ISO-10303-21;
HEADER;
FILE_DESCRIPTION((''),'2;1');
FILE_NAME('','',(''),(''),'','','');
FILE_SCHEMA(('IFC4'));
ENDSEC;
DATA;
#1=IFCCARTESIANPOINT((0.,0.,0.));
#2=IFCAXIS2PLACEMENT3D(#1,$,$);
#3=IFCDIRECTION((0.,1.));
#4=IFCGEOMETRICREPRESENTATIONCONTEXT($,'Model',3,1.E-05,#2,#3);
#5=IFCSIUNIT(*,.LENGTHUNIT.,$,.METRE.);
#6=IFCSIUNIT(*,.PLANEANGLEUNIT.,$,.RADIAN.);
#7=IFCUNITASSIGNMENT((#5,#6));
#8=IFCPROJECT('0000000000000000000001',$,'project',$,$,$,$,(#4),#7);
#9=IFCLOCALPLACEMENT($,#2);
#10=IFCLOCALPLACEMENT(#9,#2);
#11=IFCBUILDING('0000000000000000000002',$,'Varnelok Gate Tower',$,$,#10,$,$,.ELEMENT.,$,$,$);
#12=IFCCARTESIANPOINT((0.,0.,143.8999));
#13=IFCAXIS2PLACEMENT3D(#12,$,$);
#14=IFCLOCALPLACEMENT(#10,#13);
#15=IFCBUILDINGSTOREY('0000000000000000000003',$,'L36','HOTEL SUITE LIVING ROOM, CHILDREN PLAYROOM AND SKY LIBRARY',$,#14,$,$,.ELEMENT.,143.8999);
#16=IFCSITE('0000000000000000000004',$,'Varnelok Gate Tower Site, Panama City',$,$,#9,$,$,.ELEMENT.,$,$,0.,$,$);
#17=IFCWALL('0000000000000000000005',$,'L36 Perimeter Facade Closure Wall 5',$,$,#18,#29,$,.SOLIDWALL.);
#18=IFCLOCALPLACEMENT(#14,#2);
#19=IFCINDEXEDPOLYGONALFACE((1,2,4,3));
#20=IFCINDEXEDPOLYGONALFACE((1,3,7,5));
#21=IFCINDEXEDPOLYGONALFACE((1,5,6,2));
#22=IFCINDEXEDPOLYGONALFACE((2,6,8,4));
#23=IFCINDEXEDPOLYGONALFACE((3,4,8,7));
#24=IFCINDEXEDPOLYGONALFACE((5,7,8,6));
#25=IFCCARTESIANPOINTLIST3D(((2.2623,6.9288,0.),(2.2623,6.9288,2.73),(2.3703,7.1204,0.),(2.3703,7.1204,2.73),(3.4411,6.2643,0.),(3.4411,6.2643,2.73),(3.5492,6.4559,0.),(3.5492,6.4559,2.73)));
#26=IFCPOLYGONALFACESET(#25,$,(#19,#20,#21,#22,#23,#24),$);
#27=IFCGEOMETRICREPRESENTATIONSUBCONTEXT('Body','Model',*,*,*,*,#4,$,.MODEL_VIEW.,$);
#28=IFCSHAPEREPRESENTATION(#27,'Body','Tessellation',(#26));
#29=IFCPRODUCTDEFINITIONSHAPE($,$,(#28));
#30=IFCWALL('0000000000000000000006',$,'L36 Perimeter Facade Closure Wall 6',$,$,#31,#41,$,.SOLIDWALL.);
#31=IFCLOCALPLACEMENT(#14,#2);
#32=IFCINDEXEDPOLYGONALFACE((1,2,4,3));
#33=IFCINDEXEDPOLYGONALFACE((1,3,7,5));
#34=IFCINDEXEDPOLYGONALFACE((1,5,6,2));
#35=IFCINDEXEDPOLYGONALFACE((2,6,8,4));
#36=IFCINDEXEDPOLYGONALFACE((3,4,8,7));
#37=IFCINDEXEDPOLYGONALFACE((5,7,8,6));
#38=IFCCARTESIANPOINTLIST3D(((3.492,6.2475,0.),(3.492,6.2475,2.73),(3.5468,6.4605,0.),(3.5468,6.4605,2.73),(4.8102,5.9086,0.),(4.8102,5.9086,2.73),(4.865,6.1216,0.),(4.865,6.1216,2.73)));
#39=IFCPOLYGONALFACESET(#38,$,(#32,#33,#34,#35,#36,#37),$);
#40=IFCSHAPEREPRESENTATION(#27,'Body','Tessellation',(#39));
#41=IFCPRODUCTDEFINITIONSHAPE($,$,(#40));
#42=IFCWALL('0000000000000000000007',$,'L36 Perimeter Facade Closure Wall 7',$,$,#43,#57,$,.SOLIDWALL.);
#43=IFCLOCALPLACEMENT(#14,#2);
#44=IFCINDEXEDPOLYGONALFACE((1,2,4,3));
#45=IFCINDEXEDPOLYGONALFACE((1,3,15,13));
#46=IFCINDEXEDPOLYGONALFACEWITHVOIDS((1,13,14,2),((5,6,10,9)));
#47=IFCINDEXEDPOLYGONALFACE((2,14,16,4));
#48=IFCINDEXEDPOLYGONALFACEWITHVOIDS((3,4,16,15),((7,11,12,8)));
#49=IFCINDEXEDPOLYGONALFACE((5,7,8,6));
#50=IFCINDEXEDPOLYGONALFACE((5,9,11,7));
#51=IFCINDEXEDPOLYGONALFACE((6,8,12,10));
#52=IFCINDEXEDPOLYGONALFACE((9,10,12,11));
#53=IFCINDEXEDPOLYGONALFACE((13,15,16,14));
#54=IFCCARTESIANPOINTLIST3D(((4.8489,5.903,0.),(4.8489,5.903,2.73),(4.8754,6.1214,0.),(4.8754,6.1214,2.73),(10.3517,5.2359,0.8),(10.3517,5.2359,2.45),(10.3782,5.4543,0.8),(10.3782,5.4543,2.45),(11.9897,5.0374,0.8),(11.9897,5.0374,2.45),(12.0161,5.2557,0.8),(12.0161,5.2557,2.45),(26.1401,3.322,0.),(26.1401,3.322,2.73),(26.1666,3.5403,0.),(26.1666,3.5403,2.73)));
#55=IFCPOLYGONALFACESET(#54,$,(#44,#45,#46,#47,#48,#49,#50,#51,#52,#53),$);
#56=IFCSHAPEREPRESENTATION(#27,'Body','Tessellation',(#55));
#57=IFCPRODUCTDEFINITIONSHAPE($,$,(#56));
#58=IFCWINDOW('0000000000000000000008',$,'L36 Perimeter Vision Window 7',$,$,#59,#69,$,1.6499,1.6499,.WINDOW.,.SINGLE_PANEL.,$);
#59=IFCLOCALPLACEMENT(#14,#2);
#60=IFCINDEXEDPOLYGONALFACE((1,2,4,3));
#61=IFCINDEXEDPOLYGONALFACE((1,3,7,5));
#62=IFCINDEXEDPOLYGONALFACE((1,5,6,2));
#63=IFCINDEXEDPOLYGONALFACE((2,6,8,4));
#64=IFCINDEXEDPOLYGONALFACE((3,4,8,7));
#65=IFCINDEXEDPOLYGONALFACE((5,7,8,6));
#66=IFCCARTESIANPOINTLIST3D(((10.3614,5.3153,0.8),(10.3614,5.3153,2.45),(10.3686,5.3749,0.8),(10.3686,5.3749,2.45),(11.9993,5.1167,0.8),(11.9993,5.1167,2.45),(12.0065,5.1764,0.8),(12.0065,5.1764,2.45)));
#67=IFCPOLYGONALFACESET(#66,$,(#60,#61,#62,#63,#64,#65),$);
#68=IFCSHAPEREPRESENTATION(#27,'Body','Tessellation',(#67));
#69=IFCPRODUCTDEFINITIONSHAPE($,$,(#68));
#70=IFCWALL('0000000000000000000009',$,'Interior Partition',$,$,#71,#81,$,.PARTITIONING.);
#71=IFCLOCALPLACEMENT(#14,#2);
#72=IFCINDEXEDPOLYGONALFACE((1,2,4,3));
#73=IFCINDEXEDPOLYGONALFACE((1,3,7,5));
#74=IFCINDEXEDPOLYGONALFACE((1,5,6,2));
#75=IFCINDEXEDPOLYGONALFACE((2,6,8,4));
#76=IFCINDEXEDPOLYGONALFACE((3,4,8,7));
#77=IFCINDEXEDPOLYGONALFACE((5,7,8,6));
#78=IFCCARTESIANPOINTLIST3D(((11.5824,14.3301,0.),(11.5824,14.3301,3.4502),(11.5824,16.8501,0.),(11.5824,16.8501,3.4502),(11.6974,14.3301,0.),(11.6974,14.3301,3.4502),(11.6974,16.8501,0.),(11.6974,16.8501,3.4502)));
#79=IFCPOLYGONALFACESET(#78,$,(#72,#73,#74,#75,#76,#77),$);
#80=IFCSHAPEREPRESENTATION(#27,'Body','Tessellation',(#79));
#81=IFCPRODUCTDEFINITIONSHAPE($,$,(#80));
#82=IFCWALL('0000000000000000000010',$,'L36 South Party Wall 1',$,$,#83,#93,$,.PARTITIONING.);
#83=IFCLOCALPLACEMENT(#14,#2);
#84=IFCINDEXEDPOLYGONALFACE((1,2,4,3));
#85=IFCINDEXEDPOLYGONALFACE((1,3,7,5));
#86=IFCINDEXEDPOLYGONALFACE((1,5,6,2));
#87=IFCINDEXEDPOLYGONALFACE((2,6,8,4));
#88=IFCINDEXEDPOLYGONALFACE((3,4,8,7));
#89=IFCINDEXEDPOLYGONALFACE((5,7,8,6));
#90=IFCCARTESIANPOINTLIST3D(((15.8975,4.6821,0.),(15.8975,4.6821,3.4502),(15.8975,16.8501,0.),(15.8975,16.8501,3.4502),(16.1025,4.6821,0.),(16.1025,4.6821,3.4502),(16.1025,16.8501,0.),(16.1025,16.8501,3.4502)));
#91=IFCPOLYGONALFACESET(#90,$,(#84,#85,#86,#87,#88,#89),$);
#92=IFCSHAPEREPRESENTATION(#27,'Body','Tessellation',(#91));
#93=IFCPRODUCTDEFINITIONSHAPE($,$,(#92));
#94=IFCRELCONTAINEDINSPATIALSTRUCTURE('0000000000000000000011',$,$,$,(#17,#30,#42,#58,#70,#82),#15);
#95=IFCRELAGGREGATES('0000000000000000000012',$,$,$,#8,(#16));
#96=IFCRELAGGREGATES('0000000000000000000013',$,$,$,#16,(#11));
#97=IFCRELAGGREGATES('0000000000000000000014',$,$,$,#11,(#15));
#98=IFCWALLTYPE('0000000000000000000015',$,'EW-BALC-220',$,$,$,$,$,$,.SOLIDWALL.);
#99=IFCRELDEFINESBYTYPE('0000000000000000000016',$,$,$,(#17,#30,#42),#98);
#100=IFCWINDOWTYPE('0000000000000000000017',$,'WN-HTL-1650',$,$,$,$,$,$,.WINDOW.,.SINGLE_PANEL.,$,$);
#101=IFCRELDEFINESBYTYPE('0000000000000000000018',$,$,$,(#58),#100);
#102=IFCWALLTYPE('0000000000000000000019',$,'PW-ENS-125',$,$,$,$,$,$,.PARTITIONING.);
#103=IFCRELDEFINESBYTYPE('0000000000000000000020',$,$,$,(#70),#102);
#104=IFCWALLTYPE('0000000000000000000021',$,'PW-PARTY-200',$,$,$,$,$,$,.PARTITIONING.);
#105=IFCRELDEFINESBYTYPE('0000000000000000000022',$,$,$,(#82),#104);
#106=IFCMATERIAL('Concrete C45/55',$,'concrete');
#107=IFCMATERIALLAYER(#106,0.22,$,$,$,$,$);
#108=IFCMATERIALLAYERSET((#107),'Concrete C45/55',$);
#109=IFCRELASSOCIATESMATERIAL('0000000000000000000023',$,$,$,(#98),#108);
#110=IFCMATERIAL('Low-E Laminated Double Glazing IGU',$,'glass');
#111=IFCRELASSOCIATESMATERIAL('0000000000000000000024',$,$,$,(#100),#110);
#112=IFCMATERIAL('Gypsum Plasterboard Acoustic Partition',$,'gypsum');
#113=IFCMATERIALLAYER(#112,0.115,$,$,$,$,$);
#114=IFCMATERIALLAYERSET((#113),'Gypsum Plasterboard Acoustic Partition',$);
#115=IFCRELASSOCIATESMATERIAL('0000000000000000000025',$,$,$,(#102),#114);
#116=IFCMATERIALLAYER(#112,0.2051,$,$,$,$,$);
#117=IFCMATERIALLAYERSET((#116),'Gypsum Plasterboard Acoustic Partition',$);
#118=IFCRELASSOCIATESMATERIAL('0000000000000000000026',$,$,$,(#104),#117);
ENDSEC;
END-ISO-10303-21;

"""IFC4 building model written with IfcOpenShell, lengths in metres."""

from ifc_helpers import new_model, si_unit, direction, frame, frame_2d, origin, place, context, subcontext, project, spatial, rectangle, extrude, material, layer, layer_set, type_object, element, fill, save


model = new_model("IFC4")

# Units and contexts
model_context = context("Model", 3, precision=1e-05, world=origin(), true_north=direction((0.0, 1.0)))
body_context = subcontext(model_context, "Body", "Model", "MODEL_VIEW")
ifc_project = project(units=[si_unit("LENGTHUNIT", "METRE"), si_unit("PLANEANGLEUNIT", "RADIAN")], contexts=[model_context])

# Site, building, storey
site_placement = place(None, origin())
site = spatial("IfcSite", under=ifc_project, at=site_placement, Name="Varnelok Gate Tower Site, Panama City", CompositionType="ELEMENT", RefElevation=0.0)
building_placement = place(site_placement, origin())
building = spatial("IfcBuilding", under=site, at=building_placement, Name="Varnelok Gate Tower", CompositionType="ELEMENT")
storey_placement = place(building_placement, frame((0.0, 0.0, 143.8999)))
storey = spatial("IfcBuildingStorey", under=building, at=storey_placement, Name="L36", Description="HOTEL SUITE LIVING ROOM, CHILDREN PLAYROOM AND SKY LIBRARY", CompositionType="ELEMENT", Elevation=143.8999)

# Shared definitions
ifc_material_1 = material(Name="Concrete C45/55", Category="concrete")

# Walls
ifc_layer_1 = layer(ifc_material_1, 0.22)
ifc_layer_set_1 = layer_set([ifc_layer_1], Name="Concrete C45/55")
wall_type_1 = type_object("IfcWallType", Name="EW-BALC-220", PredefinedType="SOLIDWALL", material=ifc_layer_set_1)
wall_1_placement = place(storey_placement, frame((2.3162, 7.0247, 0.0), z_axis=(0.0, 0.0, 1.0), x_axis=(0.871137, -0.49104, 0.0)))
element("IfcWall", 1, at=wall_1_placement, inside=storey, type_object=wall_type_1, Name="L36 Perimeter Facade Closure Wall 5", PredefinedType="SOLIDWALL", context=body_context, shape_type="SweptSolid", body=[
    extrude(rectangle(XDim=1.3533, YDim=0.22, at=frame_2d((0.6768, 0.0))), origin(), (0.0, 0.0, 1.0), 2.73),
])
wall_2_placement = place(storey_placement, frame((3.5193, 6.354, 0.0), z_axis=(0.0, 0.0, 1.0), x_axis=(0.968507, -0.248988, 0.0)))
element("IfcWall", 2, at=wall_2_placement, inside=storey, type_object=wall_type_1, Name="L36 Perimeter Facade Closure Wall 6", PredefinedType="SOLIDWALL", context=body_context, shape_type="SweptSolid", body=[
    extrude(rectangle(XDim=1.3611, YDim=0.22, at=frame_2d((0.6807, 0.0))), origin(), (0.0, 0.0, 1.0), 2.73),
])

# Wall, opening, window
wall_3_placement = place(storey_placement, frame((4.8621, 6.0122, 0.0), z_axis=(0.0, 0.0, 1.0), x_axis=(0.992732, -0.120345, 0.0)))
wall_3 = element("IfcWall", 3, at=wall_3_placement, inside=storey, type_object=wall_type_1, Name="L36 Perimeter Facade Closure Wall 7", PredefinedType="SOLIDWALL", context=body_context, shape_type="SweptSolid", body=[
    extrude(rectangle(XDim=21.447, YDim=0.22, at=frame_2d((10.7236, 0.0))), origin(), (0.0, 0.0, 1.0), 2.73),
])
opening_placement = place(wall_3_placement, frame((5.5432, 0.0, 0.8)))
opening = element("IfcOpeningElement", 4, at=opening_placement, cuts=wall_3, PredefinedType="OPENING", context=body_context, shape_type="SweptSolid", body=[
    extrude(rectangle(XDim=1.6499, YDim=1.6499, at=frame_2d((0.825, 0.825))), frame((0.0, 0.1199, 0.0), z_axis=(0.0, -1.0, 0.0), x_axis=(1.0, 0.0, 0.0)), (0.0, 0.0, 1.0), 0.24),
])
ifc_material_2 = material(Name="Low-E Laminated Double Glazing IGU", Category="glass")
window_type = type_object("IfcWindowType", Name="WN-HTL-1650", PartitioningType="SINGLE_PANEL", PredefinedType="WINDOW", material=ifc_material_2)
window_placement = place(opening_placement, origin())
window = element("IfcWindow", 5, at=window_placement, inside=storey, type_object=window_type, Name="L36 Perimeter Vision Window 7", OverallHeight=1.6499, OverallWidth=1.6499, PartitioningType="SINGLE_PANEL", PredefinedType="WINDOW", context=body_context, shape_type="SweptSolid", body=[
    extrude(rectangle(XDim=1.6499, YDim=1.6499, at=frame_2d((0.825, 0.825))), frame((0.0, 0.03, 0.0), z_axis=(0.0, -1.0, 0.0), x_axis=(1.0, 0.0, 0.0)), (0.0, 0.0, 1.0), 0.0601),
])
fill(opening, window)

# Walls
ifc_material_3 = material(Name="Gypsum Plasterboard Acoustic Partition", Category="gypsum")
ifc_layer_2 = layer(ifc_material_3, 0.115)
ifc_layer_set_2 = layer_set([ifc_layer_2], Name="Gypsum Plasterboard Acoustic Partition")
wall_type_2 = type_object("IfcWallType", Name="PW-ENS-125", PredefinedType="PARTITIONING", material=ifc_layer_set_2)
wall_4_placement = place(storey_placement, frame((11.6399, 14.3301, 0.0), z_axis=(0.0, 0.0, 1.0), x_axis=(0.0, 1.0, 0.0)))
element("IfcWall", 6, at=wall_4_placement, inside=storey, type_object=wall_type_2, Name="Interior Partition", PredefinedType="PARTITIONING", context=body_context, shape_type="SweptSolid", body=[
    extrude(rectangle(XDim=2.52, YDim=0.115, at=frame_2d((1.26, 0.0))), origin(), (0.0, 0.0, 1.0), 3.4502),
])
ifc_layer_3 = layer(ifc_material_3, 0.2051)
ifc_layer_set_3 = layer_set([ifc_layer_3], Name="Gypsum Plasterboard Acoustic Partition")
wall_type_3 = type_object("IfcWallType", Name="PW-PARTY-200", PredefinedType="PARTITIONING", material=ifc_layer_set_3)
wall_5_placement = place(storey_placement, frame((16.0, 4.6821, 0.0), z_axis=(0.0, 0.0, 1.0), x_axis=(0.0, 1.0, 0.0)))
element("IfcWall", 7, at=wall_5_placement, inside=storey, type_object=wall_type_3, Name="L36 South Party Wall 1", PredefinedType="PARTITIONING", context=body_context, shape_type="SweptSolid", body=[
    extrude(rectangle(XDim=12.168, YDim=0.2051, at=frame_2d((6.084, 0.0))), origin(), (0.0, 0.0, 1.0), 3.4502),
])

save(model, "model.ifc")
